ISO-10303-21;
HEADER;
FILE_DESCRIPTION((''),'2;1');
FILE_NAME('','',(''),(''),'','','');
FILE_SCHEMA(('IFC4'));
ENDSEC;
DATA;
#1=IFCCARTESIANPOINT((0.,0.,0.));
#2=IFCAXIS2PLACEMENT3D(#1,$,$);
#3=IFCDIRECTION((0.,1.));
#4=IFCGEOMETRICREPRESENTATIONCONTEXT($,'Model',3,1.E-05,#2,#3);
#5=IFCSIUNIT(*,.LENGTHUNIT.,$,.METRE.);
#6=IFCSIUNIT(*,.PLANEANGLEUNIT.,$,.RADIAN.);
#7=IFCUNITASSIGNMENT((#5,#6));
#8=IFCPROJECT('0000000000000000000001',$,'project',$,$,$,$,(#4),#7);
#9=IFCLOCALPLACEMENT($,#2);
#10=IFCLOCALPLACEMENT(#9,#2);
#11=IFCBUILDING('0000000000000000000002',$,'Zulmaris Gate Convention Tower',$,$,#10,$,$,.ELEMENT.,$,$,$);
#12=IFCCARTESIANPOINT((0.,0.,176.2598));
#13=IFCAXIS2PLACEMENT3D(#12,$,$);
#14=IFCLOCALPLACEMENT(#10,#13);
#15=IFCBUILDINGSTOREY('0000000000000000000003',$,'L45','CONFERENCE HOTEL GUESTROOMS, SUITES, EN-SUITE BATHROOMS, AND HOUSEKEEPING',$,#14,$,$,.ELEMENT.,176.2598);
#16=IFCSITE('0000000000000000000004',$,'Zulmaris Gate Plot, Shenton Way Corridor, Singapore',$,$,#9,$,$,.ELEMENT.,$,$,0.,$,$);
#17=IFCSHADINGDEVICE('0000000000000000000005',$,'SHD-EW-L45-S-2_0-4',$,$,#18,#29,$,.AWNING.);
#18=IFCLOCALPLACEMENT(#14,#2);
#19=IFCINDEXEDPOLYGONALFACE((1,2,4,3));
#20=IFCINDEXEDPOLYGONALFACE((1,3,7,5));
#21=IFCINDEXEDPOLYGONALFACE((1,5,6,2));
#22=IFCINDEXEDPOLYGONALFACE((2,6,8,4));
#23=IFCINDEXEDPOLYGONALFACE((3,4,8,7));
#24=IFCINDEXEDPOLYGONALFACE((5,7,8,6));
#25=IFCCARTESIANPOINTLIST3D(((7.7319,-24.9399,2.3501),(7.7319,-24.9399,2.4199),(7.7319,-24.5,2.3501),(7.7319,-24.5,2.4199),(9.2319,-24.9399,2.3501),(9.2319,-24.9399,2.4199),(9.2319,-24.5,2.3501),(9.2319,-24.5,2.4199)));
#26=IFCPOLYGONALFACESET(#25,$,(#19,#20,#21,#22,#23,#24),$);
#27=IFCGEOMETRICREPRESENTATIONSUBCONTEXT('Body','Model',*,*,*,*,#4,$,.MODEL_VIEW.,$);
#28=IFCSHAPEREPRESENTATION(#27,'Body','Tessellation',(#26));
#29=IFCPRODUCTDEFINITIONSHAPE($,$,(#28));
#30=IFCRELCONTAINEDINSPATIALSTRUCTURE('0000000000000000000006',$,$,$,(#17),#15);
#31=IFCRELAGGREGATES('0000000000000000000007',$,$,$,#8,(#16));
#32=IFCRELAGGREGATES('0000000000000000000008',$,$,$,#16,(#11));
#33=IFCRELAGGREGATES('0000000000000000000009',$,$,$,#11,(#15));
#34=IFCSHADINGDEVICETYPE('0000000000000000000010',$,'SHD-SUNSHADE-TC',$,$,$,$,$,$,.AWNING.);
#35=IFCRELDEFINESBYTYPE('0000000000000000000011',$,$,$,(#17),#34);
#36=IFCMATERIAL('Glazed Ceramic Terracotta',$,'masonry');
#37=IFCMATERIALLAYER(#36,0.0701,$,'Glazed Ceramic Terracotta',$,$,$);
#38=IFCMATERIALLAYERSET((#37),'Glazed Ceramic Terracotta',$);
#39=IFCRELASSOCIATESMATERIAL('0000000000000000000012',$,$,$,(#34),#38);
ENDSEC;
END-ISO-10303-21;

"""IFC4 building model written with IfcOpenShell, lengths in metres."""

from ifc_helpers import new_model, si_unit, direction, frame, frame_2d, origin, place, context, subcontext, project, spatial, rectangle, extrude, material, layer, layer_set, type_object, element, save


model = new_model("IFC4")

# Units and contexts
model_context = context("Model", 3, precision=1e-05, world=origin(), true_north=direction((0.0, 1.0)))
body_context = subcontext(model_context, "Body", "Model", "MODEL_VIEW")
ifc_project = project(units=[si_unit("LENGTHUNIT", "METRE"), si_unit("PLANEANGLEUNIT", "RADIAN")], contexts=[model_context])

# Site, building, storey
site_placement = place(None, origin())
site = spatial("IfcSite", under=ifc_project, at=site_placement, Name="Zulmaris Gate Plot, Shenton Way Corridor, Singapore", CompositionType="ELEMENT", RefElevation=0.0)
building_placement = place(site_placement, origin())
building = spatial("IfcBuilding", under=site, at=building_placement, Name="Zulmaris Gate Convention Tower", CompositionType="ELEMENT")
storey_placement = place(building_placement, frame((0.0, 0.0, 176.2598)))
storey = spatial("IfcBuildingStorey", under=building, at=storey_placement, Name="L45", Description="CONFERENCE HOTEL GUESTROOMS, SUITES, EN-SUITE BATHROOMS, AND HOUSEKEEPING", CompositionType="ELEMENT", Elevation=176.2598)

# Shading device
ifc_material_1 = material(Name="Glazed Ceramic Terracotta", Category="masonry")
ifc_layer_1 = layer(ifc_material_1, 0.0701, Name="Glazed Ceramic Terracotta")
ifc_layer_set_1 = layer_set([ifc_layer_1], Name="Glazed Ceramic Terracotta")
shading_device_type = type_object("IfcShadingDeviceType", Name="SHD-SUNSHADE-TC", PredefinedType="AWNING", material=ifc_layer_set_1)
for number, where, z_axis, x_axis, name in (
    (1, (7.7319, -24.72, 2.3501), (0.0, 0.0, 1.0), (1.0, 0.0, 0.0), "SHD-EW-L45-S-2_0-4"),
):
    element("IfcShadingDevice", number, at=place(storey_placement, frame(where, z_axis=z_axis, x_axis=x_axis)), inside=storey, type_object=shading_device_type, Name=name, PredefinedType="AWNING", context=body_context, shape_type="SweptSolid", body=[
        extrude(rectangle(XDim=1.5, YDim=0.4399, at=frame_2d((0.75, 0.0))), origin(), (0.0, 0.0, 1.0), 0.0698),
    ])

save(model, "model.ifc")
